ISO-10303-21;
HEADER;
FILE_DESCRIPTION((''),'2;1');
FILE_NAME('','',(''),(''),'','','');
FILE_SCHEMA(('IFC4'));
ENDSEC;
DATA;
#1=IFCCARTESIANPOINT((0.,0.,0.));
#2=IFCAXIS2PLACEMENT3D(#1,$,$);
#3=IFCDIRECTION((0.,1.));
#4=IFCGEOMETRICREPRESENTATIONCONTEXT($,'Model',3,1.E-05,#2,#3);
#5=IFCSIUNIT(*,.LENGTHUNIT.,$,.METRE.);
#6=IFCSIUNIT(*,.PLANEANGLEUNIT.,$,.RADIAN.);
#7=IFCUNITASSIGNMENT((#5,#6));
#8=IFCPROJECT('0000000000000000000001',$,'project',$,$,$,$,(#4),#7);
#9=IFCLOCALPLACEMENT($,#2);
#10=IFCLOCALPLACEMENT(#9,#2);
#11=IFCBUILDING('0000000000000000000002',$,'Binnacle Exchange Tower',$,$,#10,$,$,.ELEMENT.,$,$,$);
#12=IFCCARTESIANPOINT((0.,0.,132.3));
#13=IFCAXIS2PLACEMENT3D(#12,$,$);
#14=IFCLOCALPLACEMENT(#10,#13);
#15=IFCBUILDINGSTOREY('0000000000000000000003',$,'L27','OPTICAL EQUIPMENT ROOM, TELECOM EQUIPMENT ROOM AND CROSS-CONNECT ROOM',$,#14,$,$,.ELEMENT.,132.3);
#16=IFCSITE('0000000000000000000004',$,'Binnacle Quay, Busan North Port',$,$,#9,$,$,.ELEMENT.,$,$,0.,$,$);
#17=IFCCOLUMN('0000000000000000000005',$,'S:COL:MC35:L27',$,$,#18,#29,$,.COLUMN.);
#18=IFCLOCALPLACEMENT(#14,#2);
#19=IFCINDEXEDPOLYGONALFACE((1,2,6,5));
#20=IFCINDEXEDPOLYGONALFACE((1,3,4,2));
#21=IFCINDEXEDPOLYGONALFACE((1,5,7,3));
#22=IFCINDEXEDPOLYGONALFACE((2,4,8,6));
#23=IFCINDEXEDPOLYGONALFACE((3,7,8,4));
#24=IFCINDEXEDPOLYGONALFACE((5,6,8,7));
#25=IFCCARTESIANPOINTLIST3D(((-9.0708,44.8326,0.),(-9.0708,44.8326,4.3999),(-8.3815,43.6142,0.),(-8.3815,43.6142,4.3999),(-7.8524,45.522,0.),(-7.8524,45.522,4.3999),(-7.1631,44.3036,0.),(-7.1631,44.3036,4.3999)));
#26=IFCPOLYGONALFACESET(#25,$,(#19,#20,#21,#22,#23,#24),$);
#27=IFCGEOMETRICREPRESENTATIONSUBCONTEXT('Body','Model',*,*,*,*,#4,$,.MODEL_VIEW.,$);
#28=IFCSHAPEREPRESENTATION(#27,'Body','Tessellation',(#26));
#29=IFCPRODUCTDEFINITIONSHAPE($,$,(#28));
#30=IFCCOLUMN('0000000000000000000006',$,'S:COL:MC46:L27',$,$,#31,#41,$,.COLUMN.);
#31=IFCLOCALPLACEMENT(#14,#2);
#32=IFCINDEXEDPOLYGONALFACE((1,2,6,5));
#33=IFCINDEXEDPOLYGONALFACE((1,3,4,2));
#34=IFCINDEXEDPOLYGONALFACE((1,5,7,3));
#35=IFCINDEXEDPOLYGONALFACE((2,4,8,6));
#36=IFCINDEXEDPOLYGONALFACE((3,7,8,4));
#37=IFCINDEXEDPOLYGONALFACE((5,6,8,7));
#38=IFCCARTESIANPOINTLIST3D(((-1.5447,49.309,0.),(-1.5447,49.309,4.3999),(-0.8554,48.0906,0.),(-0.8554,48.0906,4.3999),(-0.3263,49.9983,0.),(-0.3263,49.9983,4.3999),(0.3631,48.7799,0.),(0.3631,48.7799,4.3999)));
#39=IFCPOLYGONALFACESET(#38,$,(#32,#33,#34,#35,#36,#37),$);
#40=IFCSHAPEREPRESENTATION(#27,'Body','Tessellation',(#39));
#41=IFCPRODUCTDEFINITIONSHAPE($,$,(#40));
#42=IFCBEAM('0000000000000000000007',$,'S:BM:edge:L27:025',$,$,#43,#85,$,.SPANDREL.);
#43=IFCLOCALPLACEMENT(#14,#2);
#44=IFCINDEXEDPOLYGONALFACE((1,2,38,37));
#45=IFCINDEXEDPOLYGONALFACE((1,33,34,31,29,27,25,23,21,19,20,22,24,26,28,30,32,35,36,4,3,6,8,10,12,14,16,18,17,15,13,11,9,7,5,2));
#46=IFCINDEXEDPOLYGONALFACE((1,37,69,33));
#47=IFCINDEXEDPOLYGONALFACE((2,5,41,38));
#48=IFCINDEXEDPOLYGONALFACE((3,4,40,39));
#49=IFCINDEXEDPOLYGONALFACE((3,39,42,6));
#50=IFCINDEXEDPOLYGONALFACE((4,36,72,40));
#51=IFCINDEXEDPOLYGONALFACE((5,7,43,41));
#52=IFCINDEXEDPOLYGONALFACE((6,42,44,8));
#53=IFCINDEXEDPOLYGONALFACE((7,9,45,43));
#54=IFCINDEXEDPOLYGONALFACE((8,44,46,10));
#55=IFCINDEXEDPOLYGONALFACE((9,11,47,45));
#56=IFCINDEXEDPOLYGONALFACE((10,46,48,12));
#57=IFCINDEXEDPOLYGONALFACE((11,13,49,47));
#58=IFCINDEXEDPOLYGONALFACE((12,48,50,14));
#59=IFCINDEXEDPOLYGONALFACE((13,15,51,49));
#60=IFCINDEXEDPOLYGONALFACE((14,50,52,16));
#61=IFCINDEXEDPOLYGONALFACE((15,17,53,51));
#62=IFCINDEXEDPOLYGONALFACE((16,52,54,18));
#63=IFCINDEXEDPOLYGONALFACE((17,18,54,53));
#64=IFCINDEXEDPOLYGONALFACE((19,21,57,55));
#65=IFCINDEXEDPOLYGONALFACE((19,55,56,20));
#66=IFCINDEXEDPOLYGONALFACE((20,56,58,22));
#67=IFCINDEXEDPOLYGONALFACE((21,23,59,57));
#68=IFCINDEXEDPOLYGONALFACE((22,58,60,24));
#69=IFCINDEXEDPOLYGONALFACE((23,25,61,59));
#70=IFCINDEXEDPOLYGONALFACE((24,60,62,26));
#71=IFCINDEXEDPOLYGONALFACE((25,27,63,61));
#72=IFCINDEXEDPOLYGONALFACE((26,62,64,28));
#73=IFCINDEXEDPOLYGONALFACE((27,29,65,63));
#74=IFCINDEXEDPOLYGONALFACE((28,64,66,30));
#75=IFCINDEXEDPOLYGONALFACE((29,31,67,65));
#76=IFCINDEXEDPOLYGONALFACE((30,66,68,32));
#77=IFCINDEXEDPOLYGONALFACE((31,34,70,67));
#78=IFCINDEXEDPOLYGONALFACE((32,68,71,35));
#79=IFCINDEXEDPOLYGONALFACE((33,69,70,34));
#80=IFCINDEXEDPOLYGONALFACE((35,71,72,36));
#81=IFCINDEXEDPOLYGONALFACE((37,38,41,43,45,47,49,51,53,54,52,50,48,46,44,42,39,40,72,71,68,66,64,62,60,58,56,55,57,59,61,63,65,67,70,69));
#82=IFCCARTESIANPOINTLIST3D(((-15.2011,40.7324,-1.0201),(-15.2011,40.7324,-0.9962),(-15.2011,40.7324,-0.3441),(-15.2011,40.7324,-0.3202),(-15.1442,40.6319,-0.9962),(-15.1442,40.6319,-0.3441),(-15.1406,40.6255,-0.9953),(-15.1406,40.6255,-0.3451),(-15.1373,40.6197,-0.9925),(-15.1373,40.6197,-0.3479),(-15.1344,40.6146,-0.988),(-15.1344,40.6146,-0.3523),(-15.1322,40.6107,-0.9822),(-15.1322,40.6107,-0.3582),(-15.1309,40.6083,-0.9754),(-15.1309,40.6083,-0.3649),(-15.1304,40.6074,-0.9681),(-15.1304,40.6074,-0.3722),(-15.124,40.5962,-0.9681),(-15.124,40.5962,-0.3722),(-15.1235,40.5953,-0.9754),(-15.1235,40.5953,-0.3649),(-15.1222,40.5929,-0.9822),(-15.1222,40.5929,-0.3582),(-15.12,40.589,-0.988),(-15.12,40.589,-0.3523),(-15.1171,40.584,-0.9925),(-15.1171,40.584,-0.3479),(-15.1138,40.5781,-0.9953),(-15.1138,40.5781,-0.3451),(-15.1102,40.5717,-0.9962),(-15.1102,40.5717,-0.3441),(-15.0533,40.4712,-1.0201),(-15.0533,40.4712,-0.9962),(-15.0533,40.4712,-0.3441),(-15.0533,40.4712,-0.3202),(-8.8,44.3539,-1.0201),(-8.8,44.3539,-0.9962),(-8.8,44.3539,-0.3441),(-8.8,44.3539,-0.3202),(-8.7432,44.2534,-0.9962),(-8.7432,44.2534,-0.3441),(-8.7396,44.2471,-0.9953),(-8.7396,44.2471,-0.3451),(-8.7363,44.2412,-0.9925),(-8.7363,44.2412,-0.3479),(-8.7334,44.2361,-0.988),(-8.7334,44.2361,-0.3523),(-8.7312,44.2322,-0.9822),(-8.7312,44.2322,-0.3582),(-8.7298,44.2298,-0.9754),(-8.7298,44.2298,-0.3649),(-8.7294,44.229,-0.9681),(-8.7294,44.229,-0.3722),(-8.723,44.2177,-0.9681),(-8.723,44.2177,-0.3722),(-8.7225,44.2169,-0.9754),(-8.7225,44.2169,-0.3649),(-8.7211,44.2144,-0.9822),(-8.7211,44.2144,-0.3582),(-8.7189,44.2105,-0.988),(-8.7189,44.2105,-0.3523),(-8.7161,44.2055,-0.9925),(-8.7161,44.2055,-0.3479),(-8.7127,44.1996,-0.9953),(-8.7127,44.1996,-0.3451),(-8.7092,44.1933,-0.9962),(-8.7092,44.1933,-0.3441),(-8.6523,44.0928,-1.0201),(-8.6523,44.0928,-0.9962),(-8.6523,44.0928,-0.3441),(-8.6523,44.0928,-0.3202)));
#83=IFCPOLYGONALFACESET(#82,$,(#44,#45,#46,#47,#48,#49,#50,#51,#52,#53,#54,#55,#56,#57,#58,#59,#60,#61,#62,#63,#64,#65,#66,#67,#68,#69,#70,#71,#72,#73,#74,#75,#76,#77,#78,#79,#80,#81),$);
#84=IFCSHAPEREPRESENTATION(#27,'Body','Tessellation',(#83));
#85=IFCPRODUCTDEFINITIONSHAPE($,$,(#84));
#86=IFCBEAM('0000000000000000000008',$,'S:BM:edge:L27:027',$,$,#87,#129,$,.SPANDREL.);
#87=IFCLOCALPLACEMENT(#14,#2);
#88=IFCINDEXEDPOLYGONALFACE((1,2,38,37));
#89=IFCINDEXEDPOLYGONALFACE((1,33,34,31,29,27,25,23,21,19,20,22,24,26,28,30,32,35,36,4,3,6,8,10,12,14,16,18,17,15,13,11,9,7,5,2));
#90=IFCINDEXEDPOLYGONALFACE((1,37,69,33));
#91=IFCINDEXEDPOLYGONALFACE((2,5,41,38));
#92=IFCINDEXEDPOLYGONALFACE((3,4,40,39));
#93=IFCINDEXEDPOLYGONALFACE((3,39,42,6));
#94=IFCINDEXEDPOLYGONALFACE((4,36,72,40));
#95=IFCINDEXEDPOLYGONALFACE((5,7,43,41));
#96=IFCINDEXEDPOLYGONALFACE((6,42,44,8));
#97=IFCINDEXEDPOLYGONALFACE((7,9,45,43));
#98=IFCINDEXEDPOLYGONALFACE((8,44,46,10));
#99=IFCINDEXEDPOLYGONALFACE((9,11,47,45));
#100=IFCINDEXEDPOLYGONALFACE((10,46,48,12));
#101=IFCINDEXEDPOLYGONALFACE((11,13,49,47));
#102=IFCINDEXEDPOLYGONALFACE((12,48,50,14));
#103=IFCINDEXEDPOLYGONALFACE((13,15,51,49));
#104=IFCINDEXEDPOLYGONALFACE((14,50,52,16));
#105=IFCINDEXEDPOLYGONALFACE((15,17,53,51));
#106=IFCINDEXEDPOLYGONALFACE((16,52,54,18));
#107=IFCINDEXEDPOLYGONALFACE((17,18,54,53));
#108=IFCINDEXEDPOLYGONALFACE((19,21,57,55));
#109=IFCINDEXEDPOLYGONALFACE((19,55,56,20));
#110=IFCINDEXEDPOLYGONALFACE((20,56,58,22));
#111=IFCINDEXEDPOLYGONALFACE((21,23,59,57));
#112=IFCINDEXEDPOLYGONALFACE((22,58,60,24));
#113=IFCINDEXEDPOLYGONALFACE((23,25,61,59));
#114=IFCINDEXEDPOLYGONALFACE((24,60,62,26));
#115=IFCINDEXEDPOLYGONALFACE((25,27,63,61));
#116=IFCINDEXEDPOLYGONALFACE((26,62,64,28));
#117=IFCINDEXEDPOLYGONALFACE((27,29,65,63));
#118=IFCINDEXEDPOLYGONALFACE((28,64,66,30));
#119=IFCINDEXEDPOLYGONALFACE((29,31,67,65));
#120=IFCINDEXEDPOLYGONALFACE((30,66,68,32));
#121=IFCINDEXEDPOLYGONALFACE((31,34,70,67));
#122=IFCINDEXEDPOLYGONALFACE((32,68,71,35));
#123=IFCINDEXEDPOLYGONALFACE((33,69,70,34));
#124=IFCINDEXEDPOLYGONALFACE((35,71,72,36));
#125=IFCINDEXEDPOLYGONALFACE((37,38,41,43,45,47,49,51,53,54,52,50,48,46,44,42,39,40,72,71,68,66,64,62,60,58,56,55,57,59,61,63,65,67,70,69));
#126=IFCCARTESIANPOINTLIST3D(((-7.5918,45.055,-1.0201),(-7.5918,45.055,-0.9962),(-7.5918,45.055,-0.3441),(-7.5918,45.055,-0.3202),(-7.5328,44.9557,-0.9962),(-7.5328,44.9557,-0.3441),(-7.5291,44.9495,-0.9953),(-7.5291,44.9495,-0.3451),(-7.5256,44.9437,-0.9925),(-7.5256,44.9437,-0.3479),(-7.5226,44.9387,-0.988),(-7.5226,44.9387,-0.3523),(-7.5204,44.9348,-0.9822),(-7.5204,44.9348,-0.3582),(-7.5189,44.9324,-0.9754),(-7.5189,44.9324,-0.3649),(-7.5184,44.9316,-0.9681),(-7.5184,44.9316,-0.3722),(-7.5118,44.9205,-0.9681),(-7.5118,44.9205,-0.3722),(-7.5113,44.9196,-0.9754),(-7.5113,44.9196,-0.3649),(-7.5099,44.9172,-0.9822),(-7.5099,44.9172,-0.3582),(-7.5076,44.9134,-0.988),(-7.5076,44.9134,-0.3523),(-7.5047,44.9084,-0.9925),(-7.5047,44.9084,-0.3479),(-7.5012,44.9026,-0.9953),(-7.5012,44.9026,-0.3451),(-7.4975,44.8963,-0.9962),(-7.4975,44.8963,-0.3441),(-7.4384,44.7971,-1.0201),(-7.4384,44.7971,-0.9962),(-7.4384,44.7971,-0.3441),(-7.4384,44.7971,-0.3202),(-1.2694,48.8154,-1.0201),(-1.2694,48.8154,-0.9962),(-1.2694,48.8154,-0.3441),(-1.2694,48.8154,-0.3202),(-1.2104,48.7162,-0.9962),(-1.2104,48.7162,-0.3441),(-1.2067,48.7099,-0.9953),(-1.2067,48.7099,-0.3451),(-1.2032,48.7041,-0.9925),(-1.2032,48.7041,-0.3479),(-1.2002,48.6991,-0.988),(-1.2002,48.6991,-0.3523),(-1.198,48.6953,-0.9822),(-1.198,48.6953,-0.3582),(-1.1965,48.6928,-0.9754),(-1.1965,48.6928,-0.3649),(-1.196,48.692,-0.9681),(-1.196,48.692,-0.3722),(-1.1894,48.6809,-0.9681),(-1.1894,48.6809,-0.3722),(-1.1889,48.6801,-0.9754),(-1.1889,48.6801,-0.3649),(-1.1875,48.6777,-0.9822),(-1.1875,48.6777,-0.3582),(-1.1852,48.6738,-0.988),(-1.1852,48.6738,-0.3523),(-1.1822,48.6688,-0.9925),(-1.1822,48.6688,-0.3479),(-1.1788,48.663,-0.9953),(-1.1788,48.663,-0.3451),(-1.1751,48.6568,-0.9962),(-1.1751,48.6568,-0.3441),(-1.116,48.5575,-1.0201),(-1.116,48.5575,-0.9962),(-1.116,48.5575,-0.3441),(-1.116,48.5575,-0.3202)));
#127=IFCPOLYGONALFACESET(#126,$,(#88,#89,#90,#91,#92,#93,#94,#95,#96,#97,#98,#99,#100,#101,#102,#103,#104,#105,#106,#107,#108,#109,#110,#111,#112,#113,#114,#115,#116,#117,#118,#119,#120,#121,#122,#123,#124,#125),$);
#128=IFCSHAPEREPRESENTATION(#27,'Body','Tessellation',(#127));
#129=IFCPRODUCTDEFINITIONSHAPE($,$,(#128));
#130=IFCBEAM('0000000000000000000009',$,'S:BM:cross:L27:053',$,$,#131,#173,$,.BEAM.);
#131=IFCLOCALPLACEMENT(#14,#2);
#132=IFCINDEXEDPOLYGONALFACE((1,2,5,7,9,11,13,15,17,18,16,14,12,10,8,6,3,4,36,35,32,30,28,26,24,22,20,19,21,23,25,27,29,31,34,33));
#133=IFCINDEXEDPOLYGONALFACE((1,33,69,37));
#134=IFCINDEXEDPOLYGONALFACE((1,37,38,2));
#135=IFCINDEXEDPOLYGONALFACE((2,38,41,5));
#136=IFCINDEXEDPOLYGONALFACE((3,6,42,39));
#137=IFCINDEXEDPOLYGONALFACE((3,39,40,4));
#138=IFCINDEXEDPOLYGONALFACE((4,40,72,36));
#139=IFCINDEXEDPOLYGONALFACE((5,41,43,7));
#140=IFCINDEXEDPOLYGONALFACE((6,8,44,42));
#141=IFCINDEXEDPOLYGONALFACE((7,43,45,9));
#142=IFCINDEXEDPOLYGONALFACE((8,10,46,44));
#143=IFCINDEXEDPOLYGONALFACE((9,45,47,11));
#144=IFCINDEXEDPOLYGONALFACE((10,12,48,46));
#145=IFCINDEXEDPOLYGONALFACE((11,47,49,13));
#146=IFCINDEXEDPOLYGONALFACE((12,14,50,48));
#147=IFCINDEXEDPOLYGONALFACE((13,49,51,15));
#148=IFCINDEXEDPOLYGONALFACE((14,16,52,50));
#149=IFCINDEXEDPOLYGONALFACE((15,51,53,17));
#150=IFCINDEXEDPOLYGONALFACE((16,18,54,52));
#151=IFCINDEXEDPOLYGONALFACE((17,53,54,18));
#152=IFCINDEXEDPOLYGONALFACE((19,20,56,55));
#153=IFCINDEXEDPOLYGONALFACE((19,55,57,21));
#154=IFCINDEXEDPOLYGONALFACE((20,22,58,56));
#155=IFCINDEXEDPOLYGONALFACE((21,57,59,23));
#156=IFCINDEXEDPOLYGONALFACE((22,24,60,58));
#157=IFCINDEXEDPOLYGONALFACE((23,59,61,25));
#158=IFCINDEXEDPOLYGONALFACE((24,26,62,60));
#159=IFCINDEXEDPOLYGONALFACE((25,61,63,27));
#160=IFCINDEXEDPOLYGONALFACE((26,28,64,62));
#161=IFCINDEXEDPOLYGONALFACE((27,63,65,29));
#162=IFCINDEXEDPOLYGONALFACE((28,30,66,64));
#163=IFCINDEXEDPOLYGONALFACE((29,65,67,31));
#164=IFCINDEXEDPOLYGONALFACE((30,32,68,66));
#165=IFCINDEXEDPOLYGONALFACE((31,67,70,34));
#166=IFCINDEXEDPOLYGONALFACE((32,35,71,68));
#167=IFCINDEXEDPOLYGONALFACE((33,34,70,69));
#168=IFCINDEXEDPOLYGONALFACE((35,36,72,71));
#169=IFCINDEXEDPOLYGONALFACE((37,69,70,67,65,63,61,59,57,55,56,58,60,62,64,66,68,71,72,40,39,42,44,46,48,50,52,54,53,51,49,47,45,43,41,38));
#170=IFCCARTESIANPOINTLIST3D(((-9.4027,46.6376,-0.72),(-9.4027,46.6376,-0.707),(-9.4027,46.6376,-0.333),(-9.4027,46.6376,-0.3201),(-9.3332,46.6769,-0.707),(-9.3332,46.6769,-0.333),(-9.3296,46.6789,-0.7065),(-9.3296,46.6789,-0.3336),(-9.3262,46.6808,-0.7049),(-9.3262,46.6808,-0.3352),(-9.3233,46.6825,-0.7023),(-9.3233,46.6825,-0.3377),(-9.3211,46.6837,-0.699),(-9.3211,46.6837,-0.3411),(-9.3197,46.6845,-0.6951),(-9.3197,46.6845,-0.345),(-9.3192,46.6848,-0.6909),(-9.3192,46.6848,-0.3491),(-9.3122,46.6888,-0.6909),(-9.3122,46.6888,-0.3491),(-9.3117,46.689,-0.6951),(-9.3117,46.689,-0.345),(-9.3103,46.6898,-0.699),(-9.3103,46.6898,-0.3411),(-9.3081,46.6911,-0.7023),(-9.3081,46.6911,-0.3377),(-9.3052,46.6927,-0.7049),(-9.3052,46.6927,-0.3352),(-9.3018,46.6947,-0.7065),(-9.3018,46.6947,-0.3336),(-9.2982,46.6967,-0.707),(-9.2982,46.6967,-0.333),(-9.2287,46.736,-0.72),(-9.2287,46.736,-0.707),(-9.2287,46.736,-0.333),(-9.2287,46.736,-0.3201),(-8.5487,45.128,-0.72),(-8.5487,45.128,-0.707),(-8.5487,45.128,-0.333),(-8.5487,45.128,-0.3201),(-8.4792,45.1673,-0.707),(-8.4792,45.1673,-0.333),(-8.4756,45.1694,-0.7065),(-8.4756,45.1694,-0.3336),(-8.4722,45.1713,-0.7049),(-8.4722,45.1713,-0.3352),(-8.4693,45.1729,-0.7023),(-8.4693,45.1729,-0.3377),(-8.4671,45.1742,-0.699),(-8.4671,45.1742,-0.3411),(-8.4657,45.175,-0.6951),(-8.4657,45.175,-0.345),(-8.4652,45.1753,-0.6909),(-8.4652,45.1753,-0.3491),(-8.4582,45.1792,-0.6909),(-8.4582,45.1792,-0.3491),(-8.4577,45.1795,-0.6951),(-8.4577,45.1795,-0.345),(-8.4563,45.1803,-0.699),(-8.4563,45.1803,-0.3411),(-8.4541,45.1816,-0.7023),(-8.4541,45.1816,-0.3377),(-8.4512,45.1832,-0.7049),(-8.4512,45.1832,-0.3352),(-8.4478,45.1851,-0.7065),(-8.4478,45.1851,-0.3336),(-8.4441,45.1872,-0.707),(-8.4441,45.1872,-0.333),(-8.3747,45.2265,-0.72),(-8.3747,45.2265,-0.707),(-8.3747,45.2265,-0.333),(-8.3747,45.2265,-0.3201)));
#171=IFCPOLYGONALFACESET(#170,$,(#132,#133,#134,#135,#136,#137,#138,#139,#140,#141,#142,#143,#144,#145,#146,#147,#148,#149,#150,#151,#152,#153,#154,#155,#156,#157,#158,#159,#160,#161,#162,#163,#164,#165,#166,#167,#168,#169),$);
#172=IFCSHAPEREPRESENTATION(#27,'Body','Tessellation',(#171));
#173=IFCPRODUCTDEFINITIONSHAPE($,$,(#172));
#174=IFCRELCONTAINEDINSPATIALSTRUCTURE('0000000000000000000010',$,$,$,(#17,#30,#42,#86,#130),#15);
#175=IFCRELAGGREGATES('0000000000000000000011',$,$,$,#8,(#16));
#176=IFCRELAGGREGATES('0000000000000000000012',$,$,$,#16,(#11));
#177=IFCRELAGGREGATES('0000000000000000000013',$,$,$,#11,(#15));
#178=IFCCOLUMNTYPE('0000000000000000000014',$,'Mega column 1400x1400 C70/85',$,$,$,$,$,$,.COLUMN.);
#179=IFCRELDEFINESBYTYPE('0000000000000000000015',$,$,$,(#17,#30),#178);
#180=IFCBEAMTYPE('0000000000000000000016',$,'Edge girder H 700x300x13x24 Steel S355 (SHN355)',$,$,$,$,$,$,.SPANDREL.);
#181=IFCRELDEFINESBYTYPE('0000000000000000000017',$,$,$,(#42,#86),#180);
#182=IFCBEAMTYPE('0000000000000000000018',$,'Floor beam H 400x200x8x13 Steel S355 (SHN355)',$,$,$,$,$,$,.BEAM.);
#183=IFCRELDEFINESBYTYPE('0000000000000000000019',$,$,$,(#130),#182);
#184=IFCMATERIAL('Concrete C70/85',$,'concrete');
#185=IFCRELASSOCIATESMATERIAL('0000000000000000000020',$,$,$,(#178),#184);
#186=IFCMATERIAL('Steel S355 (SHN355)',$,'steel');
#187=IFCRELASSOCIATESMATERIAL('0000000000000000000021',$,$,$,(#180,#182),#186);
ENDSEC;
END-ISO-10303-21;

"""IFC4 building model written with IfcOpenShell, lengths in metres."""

from ifc_helpers import new_model, si_unit, direction, frame, origin, origin_2d, place, context, subcontext, project, spatial, rectangle, i_section, extrude, material, material_profile, profile_set, type_object, element, save


model = new_model("IFC4")

# Units and contexts
model_context = context("Model", 3, precision=1e-05, world=origin(), true_north=direction((0.0, 1.0)))
body_context = subcontext(model_context, "Body", "Model", "MODEL_VIEW")
ifc_project = project(units=[si_unit("LENGTHUNIT", "METRE"), si_unit("PLANEANGLEUNIT", "RADIAN")], contexts=[model_context])

# Site, building, storey
site_placement = place(None, origin())
site = spatial("IfcSite", under=ifc_project, at=site_placement, Name="Binnacle Quay, Busan North Port", CompositionType="ELEMENT", RefElevation=0.0)
building_placement = place(site_placement, origin())
building = spatial("IfcBuilding", under=site, at=building_placement, Name="Binnacle Exchange Tower", CompositionType="ELEMENT")
storey_placement = place(building_placement, frame((0.0, 0.0, 132.3)))
storey = spatial("IfcBuildingStorey", under=building, at=storey_placement, Name="L27", Description="OPTICAL EQUIPMENT ROOM, TELECOM EQUIPMENT ROOM AND CROSS-CONNECT ROOM", CompositionType="ELEMENT", Elevation=132.3)

# Columns
ifc_material_1 = material(Name="Concrete C70/85", Category="concrete")
ifc_material_profile_1 = material_profile(ifc_material_1, rectangle(XDim=1.3999, YDim=1.3999, at=origin_2d()), Name="Mega column 1400x1400 C70/85")
ifc_profile_set_1 = profile_set([ifc_material_profile_1], Name="Concrete C70/85")
column_type = type_object("IfcColumnType", Name="Mega column 1400x1400 C70/85", PredefinedType="COLUMN", material=ifc_profile_set_1)
for number, where, z_axis, x_axis, name in (
    (1, (-8.1169, 44.5681, 0.0), (0.0, 0.0, 1.0), (0.870356, 0.492424, 0.0), "S:COL:MC35:L27"),
    (2, (-0.5908, 49.0444, 0.0), (0.0, 0.0, 1.0), (0.870356, 0.492424, 0.0), "S:COL:MC46:L27"),
):
    element("IfcColumn", number, at=place(storey_placement, frame(where, z_axis=z_axis, x_axis=x_axis)), inside=storey, type_object=column_type, Name=name, PredefinedType="COLUMN", context=body_context, shape_type="SweptSolid", body=[
        extrude(rectangle(XDim=1.3999, YDim=1.3999, at=origin_2d()), origin(), (0.0, 0.0, 1.0), 4.3999),
    ])

# Beams
ifc_material_2 = material(Name="Steel S355 (SHN355)", Category="steel")
ifc_material_profile_2 = material_profile(ifc_material_2, i_section(OverallWidth=0.3, OverallDepth=0.7, WebThickness=0.0129, FlangeThickness=0.0239, FilletRadius=0.0281, at=origin_2d()), Name="H 700x300x13x24")
ifc_profile_set_2 = profile_set([ifc_material_profile_2], Name="Steel S355 (SHN355)")
beam_type_1 = type_object("IfcBeamType", Name="Edge girder H 700x300x13x24 Steel S355 (SHN355)", PredefinedType="SPANDREL", material=ifc_profile_set_2)
beam_1_placement = place(storey_placement, frame((-15.1272, 40.6018, -0.6702), z_axis=(0.870356, 0.492424, 0.0), x_axis=(-0.492424, 0.870356, 0.0)))
element("IfcBeam", 3, at=beam_1_placement, inside=storey, type_object=beam_type_1, Name="S:BM:edge:L27:025", PredefinedType="SPANDREL", context=body_context, shape_type="SweptSolid", body=[
    extrude(i_section(OverallWidth=0.3, OverallDepth=0.7, WebThickness=0.0129, FlangeThickness=0.0239, FilletRadius=0.0281, at=origin_2d()), origin(), (0.0, 0.0, 1.0), 7.3545),
])
beam_2_placement = place(storey_placement, frame((-7.5151, 44.926, -0.6702), z_axis=(0.859466, 0.511193, 0.0), x_axis=(-0.511193, 0.859466, 0.0)))
element("IfcBeam", 4, at=beam_2_placement, inside=storey, type_object=beam_type_1, Name="S:BM:edge:L27:027", PredefinedType="SPANDREL", context=body_context, shape_type="SweptSolid", body=[
    extrude(i_section(OverallWidth=0.3, OverallDepth=0.7, WebThickness=0.0129, FlangeThickness=0.0239, FilletRadius=0.0281, at=origin_2d()), origin(), (0.0, 0.0, 1.0), 7.3562),
])
ifc_material_profile_3 = material_profile(ifc_material_2, i_section(OverallWidth=0.2, OverallDepth=0.3999, WebThickness=0.0081, FlangeThickness=0.0129, FilletRadius=0.0161, at=origin_2d()), Name="H 400x200x8x13")
ifc_profile_set_3 = profile_set([ifc_material_profile_3], Name="Steel S355 (SHN355)")
beam_type_2 = type_object("IfcBeamType", Name="Floor beam H 400x200x8x13 Steel S355 (SHN355)", PredefinedType="BEAM", material=ifc_profile_set_3)
beam_3_placement = place(storey_placement, frame((-8.4617, 45.1772, -0.52), z_axis=(-0.492405, 0.870366, 0.0), x_axis=(-0.870366, -0.492405, 0.0)))
element("IfcBeam", 5, at=beam_3_placement, inside=storey, type_object=beam_type_2, Name="S:BM:cross:L27:053", PredefinedType="BEAM", context=body_context, shape_type="SweptSolid", body=[
    extrude(i_section(OverallWidth=0.2, OverallDepth=0.3999, WebThickness=0.0081, FlangeThickness=0.0129, FilletRadius=0.0161, at=origin_2d()), origin(), (0.0, 0.0, 1.0), 1.7344),
])

save(model, "model.ifc")
